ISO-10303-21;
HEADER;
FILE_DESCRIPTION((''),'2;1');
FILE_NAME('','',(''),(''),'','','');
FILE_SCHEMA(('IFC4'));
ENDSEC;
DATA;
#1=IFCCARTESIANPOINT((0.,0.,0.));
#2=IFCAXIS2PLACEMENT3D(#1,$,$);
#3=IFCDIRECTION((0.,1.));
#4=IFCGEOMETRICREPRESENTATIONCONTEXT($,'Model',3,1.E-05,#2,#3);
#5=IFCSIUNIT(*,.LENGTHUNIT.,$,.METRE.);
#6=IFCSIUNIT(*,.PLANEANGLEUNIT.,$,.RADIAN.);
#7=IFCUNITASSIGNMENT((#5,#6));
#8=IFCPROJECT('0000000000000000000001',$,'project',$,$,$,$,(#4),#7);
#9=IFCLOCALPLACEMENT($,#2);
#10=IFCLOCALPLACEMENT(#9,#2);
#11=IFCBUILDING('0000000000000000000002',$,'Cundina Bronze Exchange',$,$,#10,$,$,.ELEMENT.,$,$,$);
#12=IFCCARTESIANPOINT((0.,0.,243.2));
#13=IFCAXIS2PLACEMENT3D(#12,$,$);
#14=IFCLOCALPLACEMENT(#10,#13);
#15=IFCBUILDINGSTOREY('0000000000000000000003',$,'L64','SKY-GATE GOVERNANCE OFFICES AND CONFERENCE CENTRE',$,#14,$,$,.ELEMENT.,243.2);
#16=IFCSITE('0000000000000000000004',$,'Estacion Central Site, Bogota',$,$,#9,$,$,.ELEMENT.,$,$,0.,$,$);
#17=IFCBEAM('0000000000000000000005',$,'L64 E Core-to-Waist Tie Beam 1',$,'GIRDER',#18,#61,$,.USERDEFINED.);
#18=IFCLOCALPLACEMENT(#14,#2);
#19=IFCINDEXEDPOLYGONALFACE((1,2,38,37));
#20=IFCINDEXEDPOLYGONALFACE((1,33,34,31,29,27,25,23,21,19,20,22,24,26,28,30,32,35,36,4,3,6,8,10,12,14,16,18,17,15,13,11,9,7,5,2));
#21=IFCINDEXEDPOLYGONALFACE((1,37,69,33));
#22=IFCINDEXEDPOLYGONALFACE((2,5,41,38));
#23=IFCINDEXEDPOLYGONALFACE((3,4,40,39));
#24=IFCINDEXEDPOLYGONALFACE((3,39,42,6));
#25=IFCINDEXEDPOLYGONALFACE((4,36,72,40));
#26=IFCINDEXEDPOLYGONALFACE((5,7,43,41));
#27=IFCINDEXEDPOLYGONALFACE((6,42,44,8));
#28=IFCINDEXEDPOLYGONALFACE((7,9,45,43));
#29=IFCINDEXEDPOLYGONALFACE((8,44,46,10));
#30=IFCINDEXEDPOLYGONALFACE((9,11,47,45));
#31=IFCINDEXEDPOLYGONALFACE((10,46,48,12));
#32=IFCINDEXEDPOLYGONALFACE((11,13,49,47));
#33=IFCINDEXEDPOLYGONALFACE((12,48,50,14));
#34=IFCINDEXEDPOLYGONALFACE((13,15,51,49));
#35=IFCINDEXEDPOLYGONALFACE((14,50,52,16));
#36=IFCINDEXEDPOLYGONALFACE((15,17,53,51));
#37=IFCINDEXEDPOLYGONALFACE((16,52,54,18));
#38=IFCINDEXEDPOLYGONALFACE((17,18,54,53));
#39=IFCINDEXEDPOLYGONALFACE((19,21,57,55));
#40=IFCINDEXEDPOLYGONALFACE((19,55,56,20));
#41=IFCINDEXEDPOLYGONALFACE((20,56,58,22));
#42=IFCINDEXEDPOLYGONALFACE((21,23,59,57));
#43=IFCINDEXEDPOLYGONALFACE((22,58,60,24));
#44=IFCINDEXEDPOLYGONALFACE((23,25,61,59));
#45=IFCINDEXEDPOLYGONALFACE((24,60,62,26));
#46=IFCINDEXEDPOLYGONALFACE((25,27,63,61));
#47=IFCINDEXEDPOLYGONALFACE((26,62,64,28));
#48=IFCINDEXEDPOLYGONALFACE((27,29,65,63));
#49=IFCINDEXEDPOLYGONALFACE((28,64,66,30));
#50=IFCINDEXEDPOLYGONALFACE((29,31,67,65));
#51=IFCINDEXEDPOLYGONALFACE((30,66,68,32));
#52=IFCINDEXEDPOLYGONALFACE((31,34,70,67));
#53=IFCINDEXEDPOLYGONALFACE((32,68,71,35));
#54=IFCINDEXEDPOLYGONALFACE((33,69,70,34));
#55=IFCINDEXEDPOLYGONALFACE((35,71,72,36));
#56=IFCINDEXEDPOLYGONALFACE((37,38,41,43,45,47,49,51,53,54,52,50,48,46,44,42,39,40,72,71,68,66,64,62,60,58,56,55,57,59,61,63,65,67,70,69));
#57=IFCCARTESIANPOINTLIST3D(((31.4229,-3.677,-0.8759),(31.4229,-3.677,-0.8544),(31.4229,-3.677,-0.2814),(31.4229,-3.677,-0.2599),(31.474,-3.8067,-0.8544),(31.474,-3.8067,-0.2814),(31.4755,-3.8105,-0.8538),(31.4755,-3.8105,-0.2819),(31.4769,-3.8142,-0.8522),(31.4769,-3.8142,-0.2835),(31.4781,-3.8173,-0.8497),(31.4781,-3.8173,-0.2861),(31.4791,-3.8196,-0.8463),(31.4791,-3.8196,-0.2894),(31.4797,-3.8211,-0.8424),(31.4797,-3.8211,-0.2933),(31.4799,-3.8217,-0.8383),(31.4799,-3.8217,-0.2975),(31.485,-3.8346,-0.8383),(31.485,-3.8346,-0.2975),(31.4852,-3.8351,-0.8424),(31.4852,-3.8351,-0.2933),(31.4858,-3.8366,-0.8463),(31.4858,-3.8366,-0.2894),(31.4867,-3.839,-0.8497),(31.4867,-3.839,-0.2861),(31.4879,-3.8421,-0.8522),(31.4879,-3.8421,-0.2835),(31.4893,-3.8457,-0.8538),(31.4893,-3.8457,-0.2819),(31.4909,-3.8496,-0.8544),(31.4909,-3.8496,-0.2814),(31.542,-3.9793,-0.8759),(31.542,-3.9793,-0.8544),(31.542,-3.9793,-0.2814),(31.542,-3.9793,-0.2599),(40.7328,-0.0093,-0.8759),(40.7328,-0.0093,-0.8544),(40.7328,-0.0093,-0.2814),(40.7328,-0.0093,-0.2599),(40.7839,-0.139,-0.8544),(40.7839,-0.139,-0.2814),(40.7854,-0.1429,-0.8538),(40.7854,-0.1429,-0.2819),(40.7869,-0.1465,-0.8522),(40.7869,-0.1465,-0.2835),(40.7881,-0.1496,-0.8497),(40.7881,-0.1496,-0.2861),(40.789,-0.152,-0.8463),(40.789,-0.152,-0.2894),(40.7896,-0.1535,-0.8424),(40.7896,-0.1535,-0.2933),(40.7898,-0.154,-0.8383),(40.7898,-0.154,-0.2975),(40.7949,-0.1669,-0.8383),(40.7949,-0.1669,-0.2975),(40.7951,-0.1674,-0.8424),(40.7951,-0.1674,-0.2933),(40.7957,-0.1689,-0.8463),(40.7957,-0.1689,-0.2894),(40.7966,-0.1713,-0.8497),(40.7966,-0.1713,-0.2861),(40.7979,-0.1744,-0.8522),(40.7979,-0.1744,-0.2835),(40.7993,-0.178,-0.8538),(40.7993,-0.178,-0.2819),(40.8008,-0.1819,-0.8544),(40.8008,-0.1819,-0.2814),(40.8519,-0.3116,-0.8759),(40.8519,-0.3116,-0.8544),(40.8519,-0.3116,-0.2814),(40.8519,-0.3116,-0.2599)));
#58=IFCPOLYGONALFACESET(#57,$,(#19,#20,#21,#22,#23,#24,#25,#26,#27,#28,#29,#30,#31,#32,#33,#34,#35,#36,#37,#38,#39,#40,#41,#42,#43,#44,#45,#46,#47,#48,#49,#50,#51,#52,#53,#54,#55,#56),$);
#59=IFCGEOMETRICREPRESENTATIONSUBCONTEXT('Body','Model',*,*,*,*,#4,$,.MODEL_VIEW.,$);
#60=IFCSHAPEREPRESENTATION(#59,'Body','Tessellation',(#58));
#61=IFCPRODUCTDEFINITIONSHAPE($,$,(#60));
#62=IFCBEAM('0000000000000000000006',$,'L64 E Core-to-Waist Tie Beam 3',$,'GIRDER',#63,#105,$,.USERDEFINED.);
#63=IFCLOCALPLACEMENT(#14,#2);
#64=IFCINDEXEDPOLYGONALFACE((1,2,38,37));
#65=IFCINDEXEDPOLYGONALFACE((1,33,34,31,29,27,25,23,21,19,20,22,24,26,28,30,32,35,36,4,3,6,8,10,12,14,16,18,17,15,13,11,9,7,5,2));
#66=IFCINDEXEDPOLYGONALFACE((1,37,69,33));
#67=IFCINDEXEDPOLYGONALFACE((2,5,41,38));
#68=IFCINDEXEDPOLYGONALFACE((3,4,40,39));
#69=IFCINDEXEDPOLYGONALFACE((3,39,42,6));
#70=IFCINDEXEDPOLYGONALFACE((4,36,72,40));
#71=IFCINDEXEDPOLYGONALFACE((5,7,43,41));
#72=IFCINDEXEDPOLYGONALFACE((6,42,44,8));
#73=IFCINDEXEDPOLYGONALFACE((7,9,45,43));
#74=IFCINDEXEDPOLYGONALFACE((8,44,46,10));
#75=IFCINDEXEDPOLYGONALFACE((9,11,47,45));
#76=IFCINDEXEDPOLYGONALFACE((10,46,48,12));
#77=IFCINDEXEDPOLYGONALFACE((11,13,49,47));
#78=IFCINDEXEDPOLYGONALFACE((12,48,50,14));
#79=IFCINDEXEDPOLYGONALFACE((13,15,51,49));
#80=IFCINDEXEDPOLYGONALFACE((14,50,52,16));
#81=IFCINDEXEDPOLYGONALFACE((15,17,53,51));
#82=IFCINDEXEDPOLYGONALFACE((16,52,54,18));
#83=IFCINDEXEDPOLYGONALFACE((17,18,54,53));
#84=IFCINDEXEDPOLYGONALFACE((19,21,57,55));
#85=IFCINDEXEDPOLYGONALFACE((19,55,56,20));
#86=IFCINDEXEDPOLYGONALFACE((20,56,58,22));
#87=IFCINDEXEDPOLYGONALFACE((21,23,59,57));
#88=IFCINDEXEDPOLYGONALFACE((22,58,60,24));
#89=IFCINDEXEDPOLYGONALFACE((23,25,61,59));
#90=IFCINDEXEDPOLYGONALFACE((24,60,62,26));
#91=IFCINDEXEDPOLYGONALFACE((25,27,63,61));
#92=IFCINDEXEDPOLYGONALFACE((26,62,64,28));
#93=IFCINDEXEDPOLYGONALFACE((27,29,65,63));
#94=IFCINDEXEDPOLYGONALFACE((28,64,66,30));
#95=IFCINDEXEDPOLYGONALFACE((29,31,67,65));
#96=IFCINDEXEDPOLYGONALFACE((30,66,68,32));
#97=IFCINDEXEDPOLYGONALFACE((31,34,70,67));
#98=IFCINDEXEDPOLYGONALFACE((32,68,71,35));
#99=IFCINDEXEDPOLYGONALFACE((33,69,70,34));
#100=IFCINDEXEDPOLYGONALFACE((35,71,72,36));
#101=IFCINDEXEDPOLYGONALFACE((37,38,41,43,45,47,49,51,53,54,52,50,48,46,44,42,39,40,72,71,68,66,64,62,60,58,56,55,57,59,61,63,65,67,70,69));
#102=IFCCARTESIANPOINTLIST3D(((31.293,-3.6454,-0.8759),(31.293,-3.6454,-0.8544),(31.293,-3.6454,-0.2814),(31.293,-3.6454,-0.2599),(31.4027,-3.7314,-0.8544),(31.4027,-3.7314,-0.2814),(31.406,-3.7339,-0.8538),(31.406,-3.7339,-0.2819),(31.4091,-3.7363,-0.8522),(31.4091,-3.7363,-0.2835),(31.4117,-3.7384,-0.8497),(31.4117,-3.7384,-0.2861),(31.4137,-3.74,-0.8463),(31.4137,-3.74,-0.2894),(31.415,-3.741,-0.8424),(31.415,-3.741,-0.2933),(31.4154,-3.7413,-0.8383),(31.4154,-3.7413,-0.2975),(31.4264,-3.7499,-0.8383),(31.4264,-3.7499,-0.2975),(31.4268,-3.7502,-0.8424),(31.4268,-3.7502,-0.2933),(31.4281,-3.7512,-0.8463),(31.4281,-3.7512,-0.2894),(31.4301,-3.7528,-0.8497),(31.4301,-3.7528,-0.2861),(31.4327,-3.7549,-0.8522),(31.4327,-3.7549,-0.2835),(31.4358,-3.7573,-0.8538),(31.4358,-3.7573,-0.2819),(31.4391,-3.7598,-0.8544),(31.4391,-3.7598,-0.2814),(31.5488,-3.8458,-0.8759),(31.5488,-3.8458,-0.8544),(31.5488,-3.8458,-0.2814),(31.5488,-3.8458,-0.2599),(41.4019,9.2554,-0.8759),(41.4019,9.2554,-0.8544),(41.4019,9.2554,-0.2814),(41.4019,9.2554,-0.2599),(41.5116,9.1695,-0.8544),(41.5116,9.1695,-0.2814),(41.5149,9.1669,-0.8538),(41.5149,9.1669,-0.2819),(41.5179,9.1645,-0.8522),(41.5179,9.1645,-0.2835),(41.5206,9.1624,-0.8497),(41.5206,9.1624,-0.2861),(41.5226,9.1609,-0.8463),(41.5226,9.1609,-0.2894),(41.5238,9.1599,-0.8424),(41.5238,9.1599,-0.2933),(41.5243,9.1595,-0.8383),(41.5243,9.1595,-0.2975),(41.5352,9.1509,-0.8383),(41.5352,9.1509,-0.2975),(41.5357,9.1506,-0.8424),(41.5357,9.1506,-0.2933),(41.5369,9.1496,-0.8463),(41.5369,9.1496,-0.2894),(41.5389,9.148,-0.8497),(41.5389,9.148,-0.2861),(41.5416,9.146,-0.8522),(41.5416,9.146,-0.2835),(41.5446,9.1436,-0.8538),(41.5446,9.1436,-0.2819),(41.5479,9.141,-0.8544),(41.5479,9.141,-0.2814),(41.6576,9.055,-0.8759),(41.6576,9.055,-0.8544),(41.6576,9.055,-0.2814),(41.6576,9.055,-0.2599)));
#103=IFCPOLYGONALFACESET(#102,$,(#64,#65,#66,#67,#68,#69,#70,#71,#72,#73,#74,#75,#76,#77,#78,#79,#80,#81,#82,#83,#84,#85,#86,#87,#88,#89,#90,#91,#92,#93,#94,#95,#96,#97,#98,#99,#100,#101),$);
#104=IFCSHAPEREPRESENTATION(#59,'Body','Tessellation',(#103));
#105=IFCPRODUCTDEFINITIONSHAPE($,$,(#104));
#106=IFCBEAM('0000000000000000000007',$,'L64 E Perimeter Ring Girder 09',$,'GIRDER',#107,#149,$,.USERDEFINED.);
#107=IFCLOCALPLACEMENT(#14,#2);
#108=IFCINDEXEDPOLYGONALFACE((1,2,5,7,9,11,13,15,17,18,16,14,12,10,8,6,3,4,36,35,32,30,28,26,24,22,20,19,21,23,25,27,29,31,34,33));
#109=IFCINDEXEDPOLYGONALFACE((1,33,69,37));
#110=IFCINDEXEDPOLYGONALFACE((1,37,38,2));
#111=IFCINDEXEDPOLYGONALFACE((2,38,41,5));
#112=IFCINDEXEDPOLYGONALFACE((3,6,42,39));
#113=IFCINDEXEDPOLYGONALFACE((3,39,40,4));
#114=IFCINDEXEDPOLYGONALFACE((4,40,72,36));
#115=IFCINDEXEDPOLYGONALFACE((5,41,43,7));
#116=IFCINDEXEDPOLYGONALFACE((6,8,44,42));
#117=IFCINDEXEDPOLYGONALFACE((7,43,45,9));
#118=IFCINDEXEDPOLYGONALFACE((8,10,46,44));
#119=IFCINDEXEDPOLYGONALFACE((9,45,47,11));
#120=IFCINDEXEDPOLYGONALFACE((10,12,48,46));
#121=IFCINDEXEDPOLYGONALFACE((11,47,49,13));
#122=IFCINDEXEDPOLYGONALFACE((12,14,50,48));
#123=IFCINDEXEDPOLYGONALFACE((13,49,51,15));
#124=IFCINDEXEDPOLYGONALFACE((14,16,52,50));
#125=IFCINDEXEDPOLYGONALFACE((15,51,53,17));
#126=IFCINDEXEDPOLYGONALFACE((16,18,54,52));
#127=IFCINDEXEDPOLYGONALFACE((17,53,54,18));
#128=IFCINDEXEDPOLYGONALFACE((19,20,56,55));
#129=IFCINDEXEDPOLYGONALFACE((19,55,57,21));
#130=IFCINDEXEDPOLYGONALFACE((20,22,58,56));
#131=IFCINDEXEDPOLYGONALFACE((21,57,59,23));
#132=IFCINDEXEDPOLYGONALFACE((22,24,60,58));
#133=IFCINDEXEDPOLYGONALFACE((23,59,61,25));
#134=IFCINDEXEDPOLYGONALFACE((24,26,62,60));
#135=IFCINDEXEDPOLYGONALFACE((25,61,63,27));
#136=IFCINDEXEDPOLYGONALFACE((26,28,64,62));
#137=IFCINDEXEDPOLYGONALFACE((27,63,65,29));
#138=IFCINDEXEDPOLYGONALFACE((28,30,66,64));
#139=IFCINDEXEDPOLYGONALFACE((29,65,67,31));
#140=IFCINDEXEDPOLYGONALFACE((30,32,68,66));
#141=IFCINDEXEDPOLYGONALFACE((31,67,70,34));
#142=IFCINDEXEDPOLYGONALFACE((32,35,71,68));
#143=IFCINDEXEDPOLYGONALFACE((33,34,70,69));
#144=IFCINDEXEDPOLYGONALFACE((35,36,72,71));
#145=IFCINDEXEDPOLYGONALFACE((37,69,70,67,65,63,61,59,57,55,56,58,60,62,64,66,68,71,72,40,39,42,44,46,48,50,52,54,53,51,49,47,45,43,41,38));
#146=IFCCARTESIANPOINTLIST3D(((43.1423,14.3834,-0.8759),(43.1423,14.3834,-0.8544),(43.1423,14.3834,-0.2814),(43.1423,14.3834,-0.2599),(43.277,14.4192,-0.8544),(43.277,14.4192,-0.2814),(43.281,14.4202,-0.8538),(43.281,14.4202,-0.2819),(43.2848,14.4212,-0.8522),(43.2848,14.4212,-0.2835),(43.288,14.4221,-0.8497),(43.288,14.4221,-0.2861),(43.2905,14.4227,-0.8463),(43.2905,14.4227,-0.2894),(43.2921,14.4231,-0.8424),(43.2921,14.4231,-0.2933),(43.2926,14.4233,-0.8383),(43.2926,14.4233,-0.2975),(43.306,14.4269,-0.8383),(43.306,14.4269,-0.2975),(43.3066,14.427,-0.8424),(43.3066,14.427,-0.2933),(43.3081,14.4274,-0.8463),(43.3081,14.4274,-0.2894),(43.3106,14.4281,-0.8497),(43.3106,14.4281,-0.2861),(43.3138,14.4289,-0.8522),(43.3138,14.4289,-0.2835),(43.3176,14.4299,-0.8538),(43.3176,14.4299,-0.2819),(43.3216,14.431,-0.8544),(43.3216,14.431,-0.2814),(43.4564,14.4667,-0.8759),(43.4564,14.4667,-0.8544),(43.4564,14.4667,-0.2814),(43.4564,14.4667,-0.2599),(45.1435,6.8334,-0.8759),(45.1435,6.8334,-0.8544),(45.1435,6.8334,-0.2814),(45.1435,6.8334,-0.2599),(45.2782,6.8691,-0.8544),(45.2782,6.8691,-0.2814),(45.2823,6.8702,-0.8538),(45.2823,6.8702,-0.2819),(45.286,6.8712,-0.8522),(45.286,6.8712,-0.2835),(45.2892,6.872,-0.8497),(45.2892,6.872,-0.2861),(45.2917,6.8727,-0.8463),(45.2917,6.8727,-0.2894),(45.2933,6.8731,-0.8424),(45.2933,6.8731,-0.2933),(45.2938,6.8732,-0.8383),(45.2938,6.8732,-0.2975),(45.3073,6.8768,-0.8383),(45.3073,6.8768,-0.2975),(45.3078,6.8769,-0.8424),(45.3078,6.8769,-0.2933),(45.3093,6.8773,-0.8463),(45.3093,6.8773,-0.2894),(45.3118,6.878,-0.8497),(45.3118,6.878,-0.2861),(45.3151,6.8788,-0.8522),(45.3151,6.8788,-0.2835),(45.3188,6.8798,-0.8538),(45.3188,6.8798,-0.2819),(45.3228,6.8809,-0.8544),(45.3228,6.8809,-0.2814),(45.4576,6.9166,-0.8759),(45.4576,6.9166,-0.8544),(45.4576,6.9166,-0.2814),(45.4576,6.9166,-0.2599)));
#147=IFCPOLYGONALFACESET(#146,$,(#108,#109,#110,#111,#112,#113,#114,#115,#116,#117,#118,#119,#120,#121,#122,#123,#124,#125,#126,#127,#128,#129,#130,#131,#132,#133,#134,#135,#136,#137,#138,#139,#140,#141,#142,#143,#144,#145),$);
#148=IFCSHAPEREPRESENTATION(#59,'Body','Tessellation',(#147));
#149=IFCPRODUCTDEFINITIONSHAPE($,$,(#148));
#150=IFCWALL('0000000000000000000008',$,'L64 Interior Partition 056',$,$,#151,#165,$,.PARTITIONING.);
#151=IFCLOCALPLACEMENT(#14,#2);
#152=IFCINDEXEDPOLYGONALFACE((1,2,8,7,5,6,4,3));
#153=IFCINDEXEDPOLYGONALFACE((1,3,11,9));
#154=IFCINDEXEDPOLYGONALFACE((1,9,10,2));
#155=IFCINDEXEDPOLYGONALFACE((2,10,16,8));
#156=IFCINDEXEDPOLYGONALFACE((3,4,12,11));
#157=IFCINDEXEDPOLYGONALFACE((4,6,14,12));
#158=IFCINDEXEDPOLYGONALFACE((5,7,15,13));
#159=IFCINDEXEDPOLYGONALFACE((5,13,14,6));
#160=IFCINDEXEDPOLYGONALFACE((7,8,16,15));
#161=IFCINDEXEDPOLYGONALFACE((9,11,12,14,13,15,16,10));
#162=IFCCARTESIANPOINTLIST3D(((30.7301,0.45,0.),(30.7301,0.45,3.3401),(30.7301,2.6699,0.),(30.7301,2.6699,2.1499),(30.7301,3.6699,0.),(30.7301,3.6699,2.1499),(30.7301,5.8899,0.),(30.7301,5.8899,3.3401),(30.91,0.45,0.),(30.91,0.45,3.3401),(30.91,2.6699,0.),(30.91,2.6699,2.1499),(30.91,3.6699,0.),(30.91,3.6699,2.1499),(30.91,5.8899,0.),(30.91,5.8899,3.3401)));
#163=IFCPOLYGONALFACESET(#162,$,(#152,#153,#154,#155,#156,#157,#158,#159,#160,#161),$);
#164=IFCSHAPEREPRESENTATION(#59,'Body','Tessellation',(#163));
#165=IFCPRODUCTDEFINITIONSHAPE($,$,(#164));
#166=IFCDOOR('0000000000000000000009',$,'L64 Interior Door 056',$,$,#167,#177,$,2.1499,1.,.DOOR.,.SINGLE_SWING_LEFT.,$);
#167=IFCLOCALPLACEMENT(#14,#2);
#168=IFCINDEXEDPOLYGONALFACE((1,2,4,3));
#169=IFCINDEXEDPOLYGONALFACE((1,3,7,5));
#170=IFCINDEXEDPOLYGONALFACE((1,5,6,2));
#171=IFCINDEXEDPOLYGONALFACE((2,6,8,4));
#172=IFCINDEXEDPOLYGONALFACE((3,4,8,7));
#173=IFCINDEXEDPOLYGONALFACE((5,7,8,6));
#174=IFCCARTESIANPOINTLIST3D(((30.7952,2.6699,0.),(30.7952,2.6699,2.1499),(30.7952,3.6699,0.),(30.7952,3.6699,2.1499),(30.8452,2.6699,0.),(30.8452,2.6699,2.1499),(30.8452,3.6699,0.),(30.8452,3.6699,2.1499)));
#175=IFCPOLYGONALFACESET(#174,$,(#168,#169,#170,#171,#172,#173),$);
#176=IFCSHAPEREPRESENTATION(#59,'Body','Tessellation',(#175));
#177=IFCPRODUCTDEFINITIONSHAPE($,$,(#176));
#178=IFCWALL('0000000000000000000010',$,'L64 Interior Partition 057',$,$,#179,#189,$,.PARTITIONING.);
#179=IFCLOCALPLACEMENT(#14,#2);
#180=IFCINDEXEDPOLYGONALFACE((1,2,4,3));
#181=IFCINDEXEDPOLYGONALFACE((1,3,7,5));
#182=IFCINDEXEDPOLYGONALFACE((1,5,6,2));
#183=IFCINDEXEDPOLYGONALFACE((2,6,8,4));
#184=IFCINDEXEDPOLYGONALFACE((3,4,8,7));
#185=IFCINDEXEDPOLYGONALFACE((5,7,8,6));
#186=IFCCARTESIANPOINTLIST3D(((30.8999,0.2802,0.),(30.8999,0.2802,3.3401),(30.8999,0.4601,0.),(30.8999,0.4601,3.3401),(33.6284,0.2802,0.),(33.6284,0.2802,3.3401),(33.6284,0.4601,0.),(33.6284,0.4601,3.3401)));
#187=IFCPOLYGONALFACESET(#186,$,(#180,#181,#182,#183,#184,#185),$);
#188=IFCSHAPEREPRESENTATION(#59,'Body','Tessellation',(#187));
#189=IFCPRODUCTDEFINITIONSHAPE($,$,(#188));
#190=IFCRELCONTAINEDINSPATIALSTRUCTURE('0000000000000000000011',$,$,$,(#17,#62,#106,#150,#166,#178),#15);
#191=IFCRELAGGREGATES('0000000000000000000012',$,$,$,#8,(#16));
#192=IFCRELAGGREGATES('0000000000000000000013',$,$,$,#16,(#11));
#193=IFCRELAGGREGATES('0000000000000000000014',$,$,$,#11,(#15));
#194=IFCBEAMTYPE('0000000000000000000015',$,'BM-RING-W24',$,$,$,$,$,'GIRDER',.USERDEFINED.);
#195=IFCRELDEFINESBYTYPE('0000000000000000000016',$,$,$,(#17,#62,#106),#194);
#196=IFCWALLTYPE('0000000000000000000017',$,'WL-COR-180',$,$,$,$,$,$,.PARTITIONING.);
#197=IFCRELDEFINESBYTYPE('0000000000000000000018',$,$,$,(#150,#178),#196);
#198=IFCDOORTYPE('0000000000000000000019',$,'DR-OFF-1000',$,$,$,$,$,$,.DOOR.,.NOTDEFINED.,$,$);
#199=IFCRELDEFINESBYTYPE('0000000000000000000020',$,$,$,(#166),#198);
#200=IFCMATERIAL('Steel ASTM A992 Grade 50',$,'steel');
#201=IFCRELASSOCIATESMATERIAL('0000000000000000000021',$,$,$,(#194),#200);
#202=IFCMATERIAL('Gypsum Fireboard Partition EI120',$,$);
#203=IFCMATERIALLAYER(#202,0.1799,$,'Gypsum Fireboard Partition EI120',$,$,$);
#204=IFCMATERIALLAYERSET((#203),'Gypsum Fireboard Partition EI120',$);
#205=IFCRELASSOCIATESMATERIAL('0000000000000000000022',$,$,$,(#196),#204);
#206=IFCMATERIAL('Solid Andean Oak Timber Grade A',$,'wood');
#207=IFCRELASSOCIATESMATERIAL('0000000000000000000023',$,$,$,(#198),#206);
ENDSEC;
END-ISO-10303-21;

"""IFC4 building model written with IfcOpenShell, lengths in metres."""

from ifc_helpers import new_model, si_unit, direction, frame, frame_2d, origin, origin_2d, place, context, subcontext, project, spatial, rectangle, i_section, extrude, material, layer, layer_set, material_profile, profile_set, type_object, element, fill, save


model = new_model("IFC4")

# Units and contexts
model_context = context("Model", 3, precision=1e-05, world=origin(), true_north=direction((0.0, 1.0)))
body_context = subcontext(model_context, "Body", "Model", "MODEL_VIEW")
ifc_project = project(units=[si_unit("LENGTHUNIT", "METRE"), si_unit("PLANEANGLEUNIT", "RADIAN")], contexts=[model_context])

# Site, building, storey
site_placement = place(None, origin())
site = spatial("IfcSite", under=ifc_project, at=site_placement, Name="Estacion Central Site, Bogota", CompositionType="ELEMENT", RefElevation=0.0)
building_placement = place(site_placement, origin())
building = spatial("IfcBuilding", under=site, at=building_placement, Name="Cundina Bronze Exchange", CompositionType="ELEMENT")
storey_placement = place(building_placement, frame((0.0, 0.0, 243.2)))
storey = spatial("IfcBuildingStorey", under=building, at=storey_placement, Name="L64", Description="SKY-GATE GOVERNANCE OFFICES AND CONFERENCE CENTRE", CompositionType="ELEMENT", Elevation=243.2)

# Beams
ifc_material_1 = material(Name="Steel ASTM A992 Grade 50", Category="steel")
ifc_material_profile_1 = material_profile(ifc_material_1, i_section(OverallWidth=0.325, OverallDepth=0.616, WebThickness=0.0139, FlangeThickness=0.0215, FilletRadius=0.0161, at=origin_2d()), Name="W24X117", Category="steel")
ifc_profile_set_1 = profile_set([ifc_material_profile_1], Name="Steel ASTM A992 Grade 50")
beam_type_1 = type_object("IfcBeamType", Name="BM-RING-W24", ElementType="GIRDER", PredefinedType="USERDEFINED", material=ifc_profile_set_1)
beam_1_placement = place(storey_placement, frame((31.4824, -3.8281, -0.5679), z_axis=(0.930404, 0.366535, 0.0), x_axis=(-0.366535, 0.930404, 0.0)))
element("IfcBeam", 1, at=beam_1_placement, inside=storey, type_object=beam_type_1, Name="L64 E Core-to-Waist Tie Beam 1", ObjectType="GIRDER", PredefinedType="USERDEFINED", context=body_context, shape_type="SweptSolid", body=[
    extrude(i_section(OverallWidth=0.325, OverallDepth=0.616, WebThickness=0.0139, FlangeThickness=0.0215, FilletRadius=0.0161, at=origin_2d()), origin(), (0.0, 0.0, 1.0), 10.0063),
])
beam_2_placement = place(storey_placement, frame((31.4209, -3.7456, -0.5679), z_axis=(0.616783, 0.787133, 0.0), x_axis=(-0.787133, 0.616783, 0.0)))
element("IfcBeam", 2, at=beam_2_placement, inside=storey, type_object=beam_type_1, Name="L64 E Core-to-Waist Tie Beam 3", ObjectType="GIRDER", PredefinedType="USERDEFINED", context=body_context, shape_type="SweptSolid", body=[
    extrude(i_section(OverallWidth=0.325, OverallDepth=0.616, WebThickness=0.0139, FlangeThickness=0.0215, FilletRadius=0.0161, at=origin_2d()), origin(), (0.0, 0.0, 1.0), 16.3896),
])
beam_3_placement = place(storey_placement, frame((45.3005, 6.875, -0.5679), z_axis=(-0.256213, 0.96662, 0.0), x_axis=(-0.96662, -0.256213, 0.0)))
element("IfcBeam", 3, at=beam_3_placement, inside=storey, type_object=beam_type_1, Name="L64 E Perimeter Ring Girder 09", ObjectType="GIRDER", PredefinedType="USERDEFINED", context=body_context, shape_type="SweptSolid", body=[
    extrude(i_section(OverallWidth=0.325, OverallDepth=0.616, WebThickness=0.0139, FlangeThickness=0.0215, FilletRadius=0.0161, at=origin_2d()), origin(), (0.0, 0.0, 1.0), 7.8108),
])

# Wall, opening, door
ifc_material_2 = material(Name="Gypsum Fireboard Partition EI120")
ifc_layer_1 = layer(ifc_material_2, 0.1799, Name="Gypsum Fireboard Partition EI120")
ifc_layer_set_1 = layer_set([ifc_layer_1], Name="Gypsum Fireboard Partition EI120")
wall_type_1 = type_object("IfcWallType", Name="WL-COR-180", PredefinedType="PARTITIONING", material=ifc_layer_set_1)
wall_1_placement = place(storey_placement, frame((30.8201, 0.45, 0.0), z_axis=(0.0, 0.0, 1.0), x_axis=(0.0, 1.0, 0.0)))
wall_1 = element("IfcWall", 4, at=wall_1_placement, inside=storey, type_object=wall_type_1, Name="L64 Interior Partition 056", PredefinedType="PARTITIONING", context=body_context, shape_type="SweptSolid", body=[
    extrude(rectangle(XDim=5.4399, YDim=0.1799, at=frame_2d((2.72, 0.0))), origin(), (0.0, 0.0, 1.0), 3.3401),
])
opening_1_placement = place(wall_1_placement, frame((2.22, 0.0, 0.0)))
opening_1 = element("IfcOpeningElement", 5, at=opening_1_placement, cuts=wall_1, PredefinedType="OPENING", context=body_context, shape_type="SweptSolid", body=[
    extrude(rectangle(XDim=1.0, YDim=2.1499, at=frame_2d((0.5, 1.075))), frame((0.0, 0.0999, 0.0), z_axis=(0.0, -1.0, 0.0), x_axis=(1.0, 0.0, 0.0)), (0.0, 0.0, 1.0), 0.2),
])
ifc_material_3 = material(Name="Solid Andean Oak Timber Grade A", Category="wood")
door_type = type_object("IfcDoorType", Name="DR-OFF-1000", OperationType="NOTDEFINED", PredefinedType="DOOR", material=ifc_material_3)
door_1_placement = place(opening_1_placement, origin())
door_1 = element("IfcDoor", 6, at=door_1_placement, inside=storey, type_object=door_type, Name="L64 Interior Door 056", OperationType="SINGLE_SWING_LEFT", OverallHeight=2.1499, OverallWidth=1.0, PredefinedType="DOOR", context=body_context, shape_type="SweptSolid", body=[
    extrude(rectangle(XDim=1.0, YDim=2.1499, at=frame_2d((0.5, 1.075))), frame((0.0, 0.0249, 0.0), z_axis=(0.0, -1.0, 0.0), x_axis=(1.0, 0.0, 0.0)), (0.0, 0.0, 1.0), 0.05),
])
fill(opening_1, door_1)

# Wall
wall_2_placement = place(storey_placement, frame((33.6284, 0.3701, 0.0), z_axis=(0.0, 0.0, 1.0), x_axis=(-1.0, 0.0, 0.0)))
element("IfcWall", 7, at=wall_2_placement, inside=storey, type_object=wall_type_1, Name="L64 Interior Partition 057", PredefinedType="PARTITIONING", context=body_context, shape_type="SweptSolid", body=[
    extrude(rectangle(XDim=2.7285, YDim=0.1799, at=frame_2d((1.3643, 0.0))), origin(), (0.0, 0.0, 1.0), 3.3401),
])

save(model, "model.ifc")
